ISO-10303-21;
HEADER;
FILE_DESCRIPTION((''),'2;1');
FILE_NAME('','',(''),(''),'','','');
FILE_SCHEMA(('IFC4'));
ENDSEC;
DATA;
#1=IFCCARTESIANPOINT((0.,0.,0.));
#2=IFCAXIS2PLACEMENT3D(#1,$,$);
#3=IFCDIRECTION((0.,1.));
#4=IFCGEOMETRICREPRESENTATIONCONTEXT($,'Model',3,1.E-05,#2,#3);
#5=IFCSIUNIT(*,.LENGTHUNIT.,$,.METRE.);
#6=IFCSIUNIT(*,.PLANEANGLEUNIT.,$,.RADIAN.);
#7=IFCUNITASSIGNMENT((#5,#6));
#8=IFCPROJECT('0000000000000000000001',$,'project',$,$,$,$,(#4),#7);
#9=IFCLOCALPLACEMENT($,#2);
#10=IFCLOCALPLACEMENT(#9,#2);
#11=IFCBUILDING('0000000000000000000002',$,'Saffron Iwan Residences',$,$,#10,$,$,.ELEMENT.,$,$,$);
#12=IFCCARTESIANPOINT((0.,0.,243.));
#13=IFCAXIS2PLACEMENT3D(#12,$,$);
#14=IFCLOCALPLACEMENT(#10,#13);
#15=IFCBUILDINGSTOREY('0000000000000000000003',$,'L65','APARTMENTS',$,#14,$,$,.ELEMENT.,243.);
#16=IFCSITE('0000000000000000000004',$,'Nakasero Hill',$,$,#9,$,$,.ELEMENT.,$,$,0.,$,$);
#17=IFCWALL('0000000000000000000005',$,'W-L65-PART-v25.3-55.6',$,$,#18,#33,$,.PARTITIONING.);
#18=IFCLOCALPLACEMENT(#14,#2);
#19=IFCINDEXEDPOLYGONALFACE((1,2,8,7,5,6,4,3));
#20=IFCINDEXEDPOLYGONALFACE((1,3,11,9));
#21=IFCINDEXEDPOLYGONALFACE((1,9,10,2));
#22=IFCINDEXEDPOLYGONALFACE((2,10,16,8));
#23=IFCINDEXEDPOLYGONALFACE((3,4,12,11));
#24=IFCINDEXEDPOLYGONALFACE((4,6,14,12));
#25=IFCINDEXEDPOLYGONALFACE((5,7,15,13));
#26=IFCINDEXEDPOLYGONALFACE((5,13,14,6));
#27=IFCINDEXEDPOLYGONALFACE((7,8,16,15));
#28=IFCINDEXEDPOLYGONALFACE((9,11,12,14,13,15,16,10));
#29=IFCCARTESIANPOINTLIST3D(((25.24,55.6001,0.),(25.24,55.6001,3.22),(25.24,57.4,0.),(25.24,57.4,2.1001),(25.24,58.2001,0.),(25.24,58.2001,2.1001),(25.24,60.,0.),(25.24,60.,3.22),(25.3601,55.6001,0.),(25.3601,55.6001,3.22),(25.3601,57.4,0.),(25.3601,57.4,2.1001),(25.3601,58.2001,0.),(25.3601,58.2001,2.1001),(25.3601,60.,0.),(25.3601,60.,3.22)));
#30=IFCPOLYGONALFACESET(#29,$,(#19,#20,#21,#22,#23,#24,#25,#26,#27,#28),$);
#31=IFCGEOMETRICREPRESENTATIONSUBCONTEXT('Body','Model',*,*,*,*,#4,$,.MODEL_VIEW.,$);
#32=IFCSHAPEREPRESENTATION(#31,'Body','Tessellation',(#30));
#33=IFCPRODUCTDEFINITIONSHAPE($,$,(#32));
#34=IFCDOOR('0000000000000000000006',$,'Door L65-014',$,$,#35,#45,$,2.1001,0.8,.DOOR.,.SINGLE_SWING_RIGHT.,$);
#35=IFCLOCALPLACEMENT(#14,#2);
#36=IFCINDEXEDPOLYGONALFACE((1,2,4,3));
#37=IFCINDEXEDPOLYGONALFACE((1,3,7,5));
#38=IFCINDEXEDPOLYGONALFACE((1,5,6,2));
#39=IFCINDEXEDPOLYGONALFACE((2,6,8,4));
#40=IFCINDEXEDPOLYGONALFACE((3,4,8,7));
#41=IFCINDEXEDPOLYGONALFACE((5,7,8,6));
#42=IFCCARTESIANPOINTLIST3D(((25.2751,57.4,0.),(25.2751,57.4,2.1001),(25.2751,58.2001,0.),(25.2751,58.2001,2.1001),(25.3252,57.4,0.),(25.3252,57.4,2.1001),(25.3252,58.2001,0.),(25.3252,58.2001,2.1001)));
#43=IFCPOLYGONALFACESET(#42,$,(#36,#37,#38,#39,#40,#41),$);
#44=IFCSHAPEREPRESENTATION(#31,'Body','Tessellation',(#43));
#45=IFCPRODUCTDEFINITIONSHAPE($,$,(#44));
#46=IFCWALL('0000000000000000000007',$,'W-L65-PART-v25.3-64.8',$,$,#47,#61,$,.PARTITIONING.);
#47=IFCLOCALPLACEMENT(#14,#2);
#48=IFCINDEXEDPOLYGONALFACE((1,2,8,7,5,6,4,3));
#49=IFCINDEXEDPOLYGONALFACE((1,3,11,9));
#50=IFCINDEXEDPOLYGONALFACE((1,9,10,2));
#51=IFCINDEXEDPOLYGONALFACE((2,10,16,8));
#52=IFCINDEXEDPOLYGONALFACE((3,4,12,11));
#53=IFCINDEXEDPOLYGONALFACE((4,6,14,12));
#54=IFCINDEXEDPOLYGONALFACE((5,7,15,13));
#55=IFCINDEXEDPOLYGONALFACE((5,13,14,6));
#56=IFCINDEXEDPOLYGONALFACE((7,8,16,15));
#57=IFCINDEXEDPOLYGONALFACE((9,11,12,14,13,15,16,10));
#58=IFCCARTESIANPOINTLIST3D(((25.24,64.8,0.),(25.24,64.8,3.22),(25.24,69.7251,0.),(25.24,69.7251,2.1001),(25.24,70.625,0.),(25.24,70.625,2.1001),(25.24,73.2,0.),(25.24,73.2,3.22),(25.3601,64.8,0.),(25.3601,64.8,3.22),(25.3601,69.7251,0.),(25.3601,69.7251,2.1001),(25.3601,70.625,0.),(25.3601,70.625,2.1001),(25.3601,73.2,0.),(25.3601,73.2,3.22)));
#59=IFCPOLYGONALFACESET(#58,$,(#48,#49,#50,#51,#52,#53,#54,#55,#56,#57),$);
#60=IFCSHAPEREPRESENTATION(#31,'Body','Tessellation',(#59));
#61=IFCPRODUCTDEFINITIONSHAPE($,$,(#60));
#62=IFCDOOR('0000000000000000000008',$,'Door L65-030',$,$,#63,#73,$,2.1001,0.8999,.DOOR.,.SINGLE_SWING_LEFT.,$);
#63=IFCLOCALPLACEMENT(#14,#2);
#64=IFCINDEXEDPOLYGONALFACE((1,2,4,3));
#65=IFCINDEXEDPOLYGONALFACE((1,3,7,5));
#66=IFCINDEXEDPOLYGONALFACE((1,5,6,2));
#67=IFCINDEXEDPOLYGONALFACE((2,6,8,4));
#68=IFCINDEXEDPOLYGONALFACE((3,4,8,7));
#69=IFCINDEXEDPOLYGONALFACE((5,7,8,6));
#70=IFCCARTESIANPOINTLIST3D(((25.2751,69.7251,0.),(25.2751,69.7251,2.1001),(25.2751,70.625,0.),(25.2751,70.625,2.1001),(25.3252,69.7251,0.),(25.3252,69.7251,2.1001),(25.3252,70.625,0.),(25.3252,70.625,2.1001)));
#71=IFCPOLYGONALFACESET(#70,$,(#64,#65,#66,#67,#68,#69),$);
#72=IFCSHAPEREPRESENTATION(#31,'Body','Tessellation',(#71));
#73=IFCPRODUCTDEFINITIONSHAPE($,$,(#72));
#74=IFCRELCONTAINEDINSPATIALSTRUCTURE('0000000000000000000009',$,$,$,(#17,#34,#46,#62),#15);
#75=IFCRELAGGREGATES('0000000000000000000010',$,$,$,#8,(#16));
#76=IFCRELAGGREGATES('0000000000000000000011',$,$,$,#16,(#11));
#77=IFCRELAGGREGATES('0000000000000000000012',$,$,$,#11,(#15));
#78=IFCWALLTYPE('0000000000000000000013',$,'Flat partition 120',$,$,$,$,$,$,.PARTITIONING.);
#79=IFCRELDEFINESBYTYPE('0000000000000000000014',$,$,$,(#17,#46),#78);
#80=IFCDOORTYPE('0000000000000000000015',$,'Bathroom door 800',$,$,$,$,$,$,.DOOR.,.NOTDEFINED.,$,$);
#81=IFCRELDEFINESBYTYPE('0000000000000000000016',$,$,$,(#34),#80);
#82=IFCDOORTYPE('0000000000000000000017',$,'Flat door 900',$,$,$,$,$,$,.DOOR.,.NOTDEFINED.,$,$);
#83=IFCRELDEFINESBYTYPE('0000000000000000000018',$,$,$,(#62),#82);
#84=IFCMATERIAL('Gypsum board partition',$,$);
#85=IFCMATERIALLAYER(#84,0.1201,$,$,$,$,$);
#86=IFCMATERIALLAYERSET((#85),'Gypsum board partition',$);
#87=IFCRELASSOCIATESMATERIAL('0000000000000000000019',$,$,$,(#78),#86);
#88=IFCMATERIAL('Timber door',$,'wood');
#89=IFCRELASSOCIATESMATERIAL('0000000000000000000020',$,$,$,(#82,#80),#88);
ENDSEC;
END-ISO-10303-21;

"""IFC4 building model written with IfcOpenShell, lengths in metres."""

from ifc_helpers import new_model, si_unit, direction, frame, frame_2d, origin, place, context, subcontext, project, spatial, rectangle, extrude, material, layer, layer_set, type_object, element, fill, save


model = new_model("IFC4")

# Units and contexts
model_context = context("Model", 3, precision=1e-05, world=origin(), true_north=direction((0.0, 1.0)))
body_context = subcontext(model_context, "Body", "Model", "MODEL_VIEW")
ifc_project = project(units=[si_unit("LENGTHUNIT", "METRE"), si_unit("PLANEANGLEUNIT", "RADIAN")], contexts=[model_context])

# Site, building, storey
site_placement = place(None, origin())
site = spatial("IfcSite", under=ifc_project, at=site_placement, Name="Nakasero Hill", CompositionType="ELEMENT", RefElevation=0.0)
building_placement = place(site_placement, origin())
building = spatial("IfcBuilding", under=site, at=building_placement, Name="Saffron Iwan Residences", CompositionType="ELEMENT")
storey_placement = place(building_placement, frame((0.0, 0.0, 243.0)))
storey = spatial("IfcBuildingStorey", under=building, at=storey_placement, Name="L65", Description="APARTMENTS", CompositionType="ELEMENT", Elevation=243.0)

# Shared definitions
ifc_material_1 = material(Name="Gypsum board partition")
ifc_layer_1 = layer(ifc_material_1, 0.1201)
ifc_layer_set_1 = layer_set([ifc_layer_1], Name="Gypsum board partition")
wall_type_1 = type_object("IfcWallType", Name="Flat partition 120", PredefinedType="PARTITIONING", material=ifc_layer_set_1)

# Shared definitions
ifc_material_2 = material(Name="Timber door", Category="wood")
door_type_1 = type_object("IfcDoorType", Name="Flat door 900", OperationType="NOTDEFINED", PredefinedType="DOOR", material=ifc_material_2)

# Walls, openings, doors
wall_1_placement = place(storey_placement, frame((25.3, 55.6001, 0.0), z_axis=(0.0, 0.0, 1.0), x_axis=(0.0, 1.0, 0.0)))
wall_1 = element("IfcWall", 1, at=wall_1_placement, inside=storey, type_object=wall_type_1, Name="W-L65-PART-v25.3-55.6", PredefinedType="PARTITIONING", context=body_context, shape_type="SweptSolid", body=[
    extrude(rectangle(XDim=4.3999, YDim=0.1201, at=frame_2d((2.2, 0.0))), origin(), (0.0, 0.0, 1.0), 3.22),
])
opening_1_placement = place(wall_1_placement, frame((1.8, 0.0, 0.0)))
opening_1 = element("IfcOpeningElement", 2, at=opening_1_placement, cuts=wall_1, PredefinedType="OPENING", context=body_context, shape_type="SweptSolid", body=[
    extrude(rectangle(XDim=0.8, YDim=2.1001, at=frame_2d((0.3999, 1.05))), frame((0.0, 0.0701, 0.0), z_axis=(0.0, -1.0, 0.0), x_axis=(1.0, 0.0, 0.0)), (0.0, 0.0, 1.0), 0.1401),
])
door_type_2 = type_object("IfcDoorType", Name="Bathroom door 800", OperationType="NOTDEFINED", PredefinedType="DOOR", material=ifc_material_2)
door_1_placement = place(opening_1_placement, origin())
door_1 = element("IfcDoor", 3, at=door_1_placement, inside=storey, type_object=door_type_2, Name="Door L65-014", OperationType="SINGLE_SWING_RIGHT", OverallHeight=2.1001, OverallWidth=0.8, PredefinedType="DOOR", context=body_context, shape_type="SweptSolid", body=[
    extrude(rectangle(XDim=0.8, YDim=2.1001, at=frame_2d((0.3999, 1.05))), frame((0.0, 0.0249, 0.0), z_axis=(0.0, -1.0, 0.0), x_axis=(1.0, 0.0, 0.0)), (0.0, 0.0, 1.0), 0.05),
])
fill(opening_1, door_1)
wall_2_placement = place(storey_placement, frame((25.3, 64.8, 0.0), z_axis=(0.0, 0.0, 1.0), x_axis=(0.0, 1.0, 0.0)))
wall_2 = element("IfcWall", 4, at=wall_2_placement, inside=storey, type_object=wall_type_1, Name="W-L65-PART-v25.3-64.8", PredefinedType="PARTITIONING", context=body_context, shape_type="SweptSolid", body=[
    extrude(rectangle(XDim=8.3999, YDim=0.1201, at=frame_2d((4.2, 0.0))), origin(), (0.0, 0.0, 1.0), 3.22),
])
opening_2_placement = place(wall_2_placement, frame((4.925, 0.0, 0.0)))
opening_2 = element("IfcOpeningElement", 5, at=opening_2_placement, cuts=wall_2, PredefinedType="OPENING", context=body_context, shape_type="SweptSolid", body=[
    extrude(rectangle(XDim=0.8999, YDim=2.1001, at=frame_2d((0.45, 1.05))), frame((0.0, 0.0701, 0.0), z_axis=(0.0, -1.0, 0.0), x_axis=(1.0, 0.0, 0.0)), (0.0, 0.0, 1.0), 0.1401),
])
door_2_placement = place(opening_2_placement, origin())
door_2 = element("IfcDoor", 6, at=door_2_placement, inside=storey, type_object=door_type_1, Name="Door L65-030", OperationType="SINGLE_SWING_LEFT", OverallHeight=2.1001, OverallWidth=0.8999, PredefinedType="DOOR", context=body_context, shape_type="SweptSolid", body=[
    extrude(rectangle(XDim=0.8999, YDim=2.1001, at=frame_2d((0.45, 1.05))), frame((0.0, 0.0249, 0.0), z_axis=(0.0, -1.0, 0.0), x_axis=(1.0, 0.0, 0.0)), (0.0, 0.0, 1.0), 0.05),
])
fill(opening_2, door_2)

save(model, "model.ifc")
